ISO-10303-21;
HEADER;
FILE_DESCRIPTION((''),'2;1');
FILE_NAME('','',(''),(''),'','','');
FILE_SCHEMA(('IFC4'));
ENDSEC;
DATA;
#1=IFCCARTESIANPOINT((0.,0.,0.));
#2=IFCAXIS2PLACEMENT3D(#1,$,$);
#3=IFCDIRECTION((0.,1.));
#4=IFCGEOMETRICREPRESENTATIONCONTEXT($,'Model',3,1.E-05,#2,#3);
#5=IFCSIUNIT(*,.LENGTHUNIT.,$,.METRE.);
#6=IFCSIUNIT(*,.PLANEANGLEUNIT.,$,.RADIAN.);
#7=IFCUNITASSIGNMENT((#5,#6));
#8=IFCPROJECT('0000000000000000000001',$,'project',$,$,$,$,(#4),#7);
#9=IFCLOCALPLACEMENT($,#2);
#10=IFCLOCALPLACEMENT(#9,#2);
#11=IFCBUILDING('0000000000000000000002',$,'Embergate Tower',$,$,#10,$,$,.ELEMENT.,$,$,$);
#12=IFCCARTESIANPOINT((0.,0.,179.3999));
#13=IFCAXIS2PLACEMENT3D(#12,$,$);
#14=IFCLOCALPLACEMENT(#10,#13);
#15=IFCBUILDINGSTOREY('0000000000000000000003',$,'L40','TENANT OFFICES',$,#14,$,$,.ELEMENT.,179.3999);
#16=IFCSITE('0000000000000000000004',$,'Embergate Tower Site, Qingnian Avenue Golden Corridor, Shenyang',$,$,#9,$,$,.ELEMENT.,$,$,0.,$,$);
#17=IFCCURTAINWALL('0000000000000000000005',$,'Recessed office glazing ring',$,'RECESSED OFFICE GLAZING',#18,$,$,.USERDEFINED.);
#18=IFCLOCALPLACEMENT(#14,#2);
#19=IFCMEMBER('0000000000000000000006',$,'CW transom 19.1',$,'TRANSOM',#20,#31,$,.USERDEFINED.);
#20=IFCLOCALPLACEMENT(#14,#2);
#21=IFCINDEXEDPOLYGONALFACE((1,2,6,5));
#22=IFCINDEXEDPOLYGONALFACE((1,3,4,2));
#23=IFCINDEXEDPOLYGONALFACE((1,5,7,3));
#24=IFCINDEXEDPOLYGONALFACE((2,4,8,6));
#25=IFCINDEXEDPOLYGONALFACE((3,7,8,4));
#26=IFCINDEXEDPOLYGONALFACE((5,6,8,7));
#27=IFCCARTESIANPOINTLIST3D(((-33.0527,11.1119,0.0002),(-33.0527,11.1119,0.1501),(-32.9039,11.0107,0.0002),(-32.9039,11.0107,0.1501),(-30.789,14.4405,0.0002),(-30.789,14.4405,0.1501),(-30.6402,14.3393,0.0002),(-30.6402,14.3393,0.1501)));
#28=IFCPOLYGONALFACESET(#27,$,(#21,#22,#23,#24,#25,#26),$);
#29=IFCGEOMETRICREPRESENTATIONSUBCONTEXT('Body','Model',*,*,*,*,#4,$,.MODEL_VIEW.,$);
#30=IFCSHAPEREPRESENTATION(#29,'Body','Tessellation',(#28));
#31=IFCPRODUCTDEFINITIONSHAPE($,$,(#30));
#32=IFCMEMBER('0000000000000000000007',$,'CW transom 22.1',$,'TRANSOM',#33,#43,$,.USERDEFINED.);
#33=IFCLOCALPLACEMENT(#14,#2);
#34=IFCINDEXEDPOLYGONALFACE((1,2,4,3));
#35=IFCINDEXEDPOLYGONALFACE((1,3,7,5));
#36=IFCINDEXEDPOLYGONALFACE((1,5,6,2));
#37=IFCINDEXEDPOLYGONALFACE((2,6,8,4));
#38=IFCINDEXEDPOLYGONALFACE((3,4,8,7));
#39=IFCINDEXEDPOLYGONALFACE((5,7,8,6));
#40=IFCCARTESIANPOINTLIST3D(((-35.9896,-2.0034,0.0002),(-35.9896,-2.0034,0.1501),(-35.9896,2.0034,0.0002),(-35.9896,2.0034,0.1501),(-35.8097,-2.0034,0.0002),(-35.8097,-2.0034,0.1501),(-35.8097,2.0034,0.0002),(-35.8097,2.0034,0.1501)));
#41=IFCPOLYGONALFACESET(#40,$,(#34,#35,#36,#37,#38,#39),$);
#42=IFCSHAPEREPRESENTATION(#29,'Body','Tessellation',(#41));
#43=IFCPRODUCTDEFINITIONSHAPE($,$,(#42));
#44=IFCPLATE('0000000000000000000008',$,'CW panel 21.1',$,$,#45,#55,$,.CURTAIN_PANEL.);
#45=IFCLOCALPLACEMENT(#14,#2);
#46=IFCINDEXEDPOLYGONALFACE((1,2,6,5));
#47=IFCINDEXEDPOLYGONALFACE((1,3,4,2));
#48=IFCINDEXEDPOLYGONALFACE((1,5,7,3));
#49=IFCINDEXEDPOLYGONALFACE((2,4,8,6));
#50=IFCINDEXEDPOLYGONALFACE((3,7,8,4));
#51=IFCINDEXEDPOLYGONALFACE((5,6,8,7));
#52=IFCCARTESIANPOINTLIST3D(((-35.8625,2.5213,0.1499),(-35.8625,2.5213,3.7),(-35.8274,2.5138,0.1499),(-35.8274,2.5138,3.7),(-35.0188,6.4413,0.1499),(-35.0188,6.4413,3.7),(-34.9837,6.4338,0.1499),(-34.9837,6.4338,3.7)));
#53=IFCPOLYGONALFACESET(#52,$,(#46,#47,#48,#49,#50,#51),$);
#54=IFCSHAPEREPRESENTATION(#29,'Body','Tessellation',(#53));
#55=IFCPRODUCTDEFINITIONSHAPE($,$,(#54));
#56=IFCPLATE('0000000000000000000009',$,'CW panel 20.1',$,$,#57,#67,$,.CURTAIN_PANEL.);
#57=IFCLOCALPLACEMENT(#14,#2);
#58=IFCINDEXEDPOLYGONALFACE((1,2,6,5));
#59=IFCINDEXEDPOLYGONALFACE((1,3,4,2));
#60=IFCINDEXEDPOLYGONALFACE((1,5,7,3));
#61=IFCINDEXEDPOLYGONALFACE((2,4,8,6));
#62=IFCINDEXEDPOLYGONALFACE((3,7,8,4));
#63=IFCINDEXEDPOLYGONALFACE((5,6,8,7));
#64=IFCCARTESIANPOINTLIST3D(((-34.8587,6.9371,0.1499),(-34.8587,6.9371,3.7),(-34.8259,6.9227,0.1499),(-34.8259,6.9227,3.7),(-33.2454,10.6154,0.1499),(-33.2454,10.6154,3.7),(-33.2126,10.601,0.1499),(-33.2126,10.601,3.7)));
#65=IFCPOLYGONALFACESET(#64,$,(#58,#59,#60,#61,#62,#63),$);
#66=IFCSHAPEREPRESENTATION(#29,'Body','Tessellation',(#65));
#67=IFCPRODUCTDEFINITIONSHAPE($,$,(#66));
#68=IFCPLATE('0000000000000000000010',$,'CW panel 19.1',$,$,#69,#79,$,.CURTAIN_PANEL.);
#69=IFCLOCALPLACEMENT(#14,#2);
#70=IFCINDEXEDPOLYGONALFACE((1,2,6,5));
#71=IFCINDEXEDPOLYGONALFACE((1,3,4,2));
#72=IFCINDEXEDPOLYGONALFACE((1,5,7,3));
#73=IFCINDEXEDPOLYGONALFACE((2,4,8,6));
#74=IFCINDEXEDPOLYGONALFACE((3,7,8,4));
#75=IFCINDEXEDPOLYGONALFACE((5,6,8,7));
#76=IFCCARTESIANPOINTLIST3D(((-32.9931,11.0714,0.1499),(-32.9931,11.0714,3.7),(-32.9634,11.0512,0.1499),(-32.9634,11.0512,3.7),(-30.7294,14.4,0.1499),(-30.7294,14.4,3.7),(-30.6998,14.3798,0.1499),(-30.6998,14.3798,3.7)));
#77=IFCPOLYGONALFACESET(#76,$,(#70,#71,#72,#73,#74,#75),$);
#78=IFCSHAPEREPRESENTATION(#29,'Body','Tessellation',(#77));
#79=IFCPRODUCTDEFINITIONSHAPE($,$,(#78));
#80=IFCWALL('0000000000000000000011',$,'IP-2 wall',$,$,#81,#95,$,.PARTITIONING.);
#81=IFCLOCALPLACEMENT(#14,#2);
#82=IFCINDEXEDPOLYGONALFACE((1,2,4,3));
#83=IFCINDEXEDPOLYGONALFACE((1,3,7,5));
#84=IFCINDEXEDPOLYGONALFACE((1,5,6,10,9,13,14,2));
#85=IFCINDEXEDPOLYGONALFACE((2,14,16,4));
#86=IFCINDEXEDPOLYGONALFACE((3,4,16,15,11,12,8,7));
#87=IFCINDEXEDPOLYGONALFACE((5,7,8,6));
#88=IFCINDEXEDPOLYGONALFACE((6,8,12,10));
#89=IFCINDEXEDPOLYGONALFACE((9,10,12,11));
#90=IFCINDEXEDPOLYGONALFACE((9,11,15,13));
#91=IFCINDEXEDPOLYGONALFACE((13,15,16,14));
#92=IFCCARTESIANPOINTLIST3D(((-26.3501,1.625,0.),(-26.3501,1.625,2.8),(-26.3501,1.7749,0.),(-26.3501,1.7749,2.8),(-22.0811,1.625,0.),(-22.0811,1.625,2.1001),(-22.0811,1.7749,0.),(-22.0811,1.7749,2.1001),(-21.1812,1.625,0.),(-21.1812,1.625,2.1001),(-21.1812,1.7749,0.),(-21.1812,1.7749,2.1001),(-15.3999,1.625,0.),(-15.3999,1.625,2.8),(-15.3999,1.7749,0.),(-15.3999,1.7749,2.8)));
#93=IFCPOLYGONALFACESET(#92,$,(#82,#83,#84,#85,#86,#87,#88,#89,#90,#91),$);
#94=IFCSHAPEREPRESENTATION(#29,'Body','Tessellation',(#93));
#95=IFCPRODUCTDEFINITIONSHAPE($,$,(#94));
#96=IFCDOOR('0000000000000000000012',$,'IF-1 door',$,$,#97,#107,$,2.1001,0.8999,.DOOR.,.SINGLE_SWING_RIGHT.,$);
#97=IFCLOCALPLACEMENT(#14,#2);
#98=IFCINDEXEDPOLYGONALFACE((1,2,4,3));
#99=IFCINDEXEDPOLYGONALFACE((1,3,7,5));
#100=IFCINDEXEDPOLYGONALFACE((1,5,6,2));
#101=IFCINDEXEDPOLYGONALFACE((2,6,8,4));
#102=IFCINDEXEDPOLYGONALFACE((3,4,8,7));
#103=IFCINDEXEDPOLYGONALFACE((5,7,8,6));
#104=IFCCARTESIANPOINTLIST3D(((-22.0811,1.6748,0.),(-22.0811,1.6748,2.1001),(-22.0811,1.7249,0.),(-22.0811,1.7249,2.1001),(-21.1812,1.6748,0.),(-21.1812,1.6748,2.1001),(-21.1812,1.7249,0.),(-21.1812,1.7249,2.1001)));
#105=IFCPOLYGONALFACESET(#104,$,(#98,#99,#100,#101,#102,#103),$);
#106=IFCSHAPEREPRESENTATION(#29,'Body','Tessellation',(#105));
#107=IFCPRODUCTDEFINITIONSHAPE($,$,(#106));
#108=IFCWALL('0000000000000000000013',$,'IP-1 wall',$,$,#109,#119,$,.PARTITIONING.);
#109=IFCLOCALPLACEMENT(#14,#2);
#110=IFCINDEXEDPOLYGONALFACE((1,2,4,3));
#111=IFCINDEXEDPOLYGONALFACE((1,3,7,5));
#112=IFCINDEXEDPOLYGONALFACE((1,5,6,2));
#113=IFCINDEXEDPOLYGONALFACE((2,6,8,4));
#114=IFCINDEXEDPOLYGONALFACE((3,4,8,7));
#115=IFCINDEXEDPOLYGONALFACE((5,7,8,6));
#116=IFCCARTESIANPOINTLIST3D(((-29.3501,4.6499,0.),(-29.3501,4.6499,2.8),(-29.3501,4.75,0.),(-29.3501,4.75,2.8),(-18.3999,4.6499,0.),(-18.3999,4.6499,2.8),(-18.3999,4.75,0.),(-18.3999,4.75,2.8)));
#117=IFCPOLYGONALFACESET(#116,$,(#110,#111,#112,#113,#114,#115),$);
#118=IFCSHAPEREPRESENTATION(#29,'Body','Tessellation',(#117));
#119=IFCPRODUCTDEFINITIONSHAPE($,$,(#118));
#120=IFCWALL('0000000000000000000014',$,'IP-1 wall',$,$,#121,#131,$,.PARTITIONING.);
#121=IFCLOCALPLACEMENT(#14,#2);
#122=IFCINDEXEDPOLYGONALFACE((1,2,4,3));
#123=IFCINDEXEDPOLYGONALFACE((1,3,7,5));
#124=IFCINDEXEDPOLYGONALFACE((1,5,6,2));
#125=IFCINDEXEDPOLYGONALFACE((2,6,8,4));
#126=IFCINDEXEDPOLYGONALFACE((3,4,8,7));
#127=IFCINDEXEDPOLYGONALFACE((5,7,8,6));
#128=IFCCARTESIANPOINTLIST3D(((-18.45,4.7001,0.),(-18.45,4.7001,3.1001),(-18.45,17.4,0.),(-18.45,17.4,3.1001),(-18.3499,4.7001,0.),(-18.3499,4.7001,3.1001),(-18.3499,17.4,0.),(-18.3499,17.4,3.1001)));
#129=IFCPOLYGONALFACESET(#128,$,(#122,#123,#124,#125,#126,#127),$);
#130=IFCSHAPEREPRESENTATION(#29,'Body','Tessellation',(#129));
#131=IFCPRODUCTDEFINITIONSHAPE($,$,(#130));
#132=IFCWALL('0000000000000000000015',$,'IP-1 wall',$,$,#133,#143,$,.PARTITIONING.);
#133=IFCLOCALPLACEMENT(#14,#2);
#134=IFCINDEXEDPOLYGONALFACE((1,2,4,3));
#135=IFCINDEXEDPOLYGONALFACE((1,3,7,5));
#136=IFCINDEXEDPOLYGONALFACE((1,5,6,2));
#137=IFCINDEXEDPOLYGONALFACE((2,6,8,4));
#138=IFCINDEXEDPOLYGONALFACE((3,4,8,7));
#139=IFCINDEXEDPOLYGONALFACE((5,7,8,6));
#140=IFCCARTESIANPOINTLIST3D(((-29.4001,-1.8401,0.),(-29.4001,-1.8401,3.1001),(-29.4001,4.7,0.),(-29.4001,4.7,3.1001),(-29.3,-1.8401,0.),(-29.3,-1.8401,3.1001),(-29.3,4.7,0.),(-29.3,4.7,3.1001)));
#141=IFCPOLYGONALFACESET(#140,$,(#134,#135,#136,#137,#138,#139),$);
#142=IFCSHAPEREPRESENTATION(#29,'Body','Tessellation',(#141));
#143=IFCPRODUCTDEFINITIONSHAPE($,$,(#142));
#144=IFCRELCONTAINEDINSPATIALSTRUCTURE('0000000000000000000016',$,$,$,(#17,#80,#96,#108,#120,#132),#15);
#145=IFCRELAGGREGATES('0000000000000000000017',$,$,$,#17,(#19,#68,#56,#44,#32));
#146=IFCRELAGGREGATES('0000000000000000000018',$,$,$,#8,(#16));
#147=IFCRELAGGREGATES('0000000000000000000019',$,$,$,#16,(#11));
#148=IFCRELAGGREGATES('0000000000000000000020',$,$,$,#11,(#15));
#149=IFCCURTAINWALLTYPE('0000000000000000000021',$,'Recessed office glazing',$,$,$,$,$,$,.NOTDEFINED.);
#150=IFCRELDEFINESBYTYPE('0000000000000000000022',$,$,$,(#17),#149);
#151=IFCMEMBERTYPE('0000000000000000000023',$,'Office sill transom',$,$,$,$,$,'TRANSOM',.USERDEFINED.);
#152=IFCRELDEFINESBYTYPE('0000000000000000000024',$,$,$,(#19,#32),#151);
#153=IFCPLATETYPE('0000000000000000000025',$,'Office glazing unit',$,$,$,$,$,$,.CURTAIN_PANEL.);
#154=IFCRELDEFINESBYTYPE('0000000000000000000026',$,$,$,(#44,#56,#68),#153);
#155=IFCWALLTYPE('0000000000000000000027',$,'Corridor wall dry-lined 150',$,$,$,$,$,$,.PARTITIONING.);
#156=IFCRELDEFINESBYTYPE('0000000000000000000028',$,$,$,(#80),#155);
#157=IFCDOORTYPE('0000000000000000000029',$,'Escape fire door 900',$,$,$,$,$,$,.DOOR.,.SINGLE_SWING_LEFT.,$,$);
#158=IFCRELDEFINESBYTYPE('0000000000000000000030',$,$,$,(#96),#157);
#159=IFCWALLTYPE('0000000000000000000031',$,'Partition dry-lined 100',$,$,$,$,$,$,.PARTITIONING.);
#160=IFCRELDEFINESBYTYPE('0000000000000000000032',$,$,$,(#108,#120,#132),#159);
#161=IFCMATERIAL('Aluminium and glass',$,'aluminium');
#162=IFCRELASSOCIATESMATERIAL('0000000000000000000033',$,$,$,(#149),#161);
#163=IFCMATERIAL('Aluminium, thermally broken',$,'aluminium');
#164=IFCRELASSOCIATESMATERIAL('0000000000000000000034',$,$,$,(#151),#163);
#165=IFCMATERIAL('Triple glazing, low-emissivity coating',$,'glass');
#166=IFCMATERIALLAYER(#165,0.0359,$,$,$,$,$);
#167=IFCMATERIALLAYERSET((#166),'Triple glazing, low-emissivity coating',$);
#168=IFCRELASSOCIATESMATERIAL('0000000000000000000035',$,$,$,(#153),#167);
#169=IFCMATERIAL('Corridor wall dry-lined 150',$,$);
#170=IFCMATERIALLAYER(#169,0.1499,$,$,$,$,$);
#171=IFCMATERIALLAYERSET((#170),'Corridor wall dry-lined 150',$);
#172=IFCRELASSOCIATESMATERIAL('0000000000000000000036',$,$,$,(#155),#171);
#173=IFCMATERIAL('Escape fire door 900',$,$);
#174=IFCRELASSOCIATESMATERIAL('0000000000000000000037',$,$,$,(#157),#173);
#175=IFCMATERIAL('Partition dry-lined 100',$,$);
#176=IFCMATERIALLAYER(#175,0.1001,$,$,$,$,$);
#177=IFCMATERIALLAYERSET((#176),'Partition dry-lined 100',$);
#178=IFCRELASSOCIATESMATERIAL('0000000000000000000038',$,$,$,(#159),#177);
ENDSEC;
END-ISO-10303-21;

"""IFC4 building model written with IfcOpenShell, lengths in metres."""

from ifc_helpers import new_model, si_unit, direction, frame, frame_2d, origin, origin_2d, place, context, subcontext, project, spatial, rectangle, extrude, source, transform, mapped, material, layer, layer_set, material_profile, profile_set, type_object, element, fill, aggregate, save


model = new_model("IFC4")

# Units and contexts
model_context = context("Model", 3, precision=1e-05, world=origin(), true_north=direction((0.0, 1.0)))
body_context = subcontext(model_context, "Body", "Model", "MODEL_VIEW")
ifc_project = project(units=[si_unit("LENGTHUNIT", "METRE"), si_unit("PLANEANGLEUNIT", "RADIAN")], contexts=[model_context])

# Site, building, storey
site_placement = place(None, origin())
site = spatial("IfcSite", under=ifc_project, at=site_placement, Name="Embergate Tower Site, Qingnian Avenue Golden Corridor, Shenyang", CompositionType="ELEMENT", RefElevation=0.0)
building_placement = place(site_placement, origin())
building = spatial("IfcBuilding", under=site, at=building_placement, Name="Embergate Tower", CompositionType="ELEMENT")
storey_placement = place(building_placement, frame((0.0, 0.0, 179.3999)))
storey = spatial("IfcBuildingStorey", under=building, at=storey_placement, Name="L40", Description="TENANT OFFICES", CompositionType="ELEMENT", Elevation=179.3999)

# Curtain wall, members, plates
ifc_material_1 = material(Name="Aluminium and glass", Category="aluminium")
curtain_wall_type = type_object("IfcCurtainWallType", Name="Recessed office glazing", PredefinedType="NOTDEFINED", material=ifc_material_1)
curtain_wall_placement = place(storey_placement, origin())
curtain_wall = element("IfcCurtainWall", 1, at=curtain_wall_placement, inside=storey, type_object=curtain_wall_type, Name="Recessed office glazing ring", ObjectType="RECESSED OFFICE GLAZING", PredefinedType="USERDEFINED")
ifc_material_2 = material(Name="Aluminium, thermally broken", Category="aluminium")
ifc_material_profile_1 = material_profile(ifc_material_2, rectangle(XDim=0.1799, YDim=0.1499, at=origin_2d()), Name="AL 150x180")
ifc_profile_set_1 = profile_set([ifc_material_profile_1], Name="Aluminium, thermally broken")
member_type_1 = type_object("IfcMemberType", Name="Office sill transom", ElementType="TRANSOM", PredefinedType="USERDEFINED", material=ifc_profile_set_1)
shared_shape_1 = source(origin(), body_context, "Body", "SweptSolid", [
    extrude(rectangle(XDim=0.1799, YDim=0.1499, at=origin_2d()), origin(), (0.0, 0.0, 1.0), 4.0254),
])
member_1_placement = place(storey_placement, frame((-30.7146, 14.3899, 0.0752), z_axis=(-0.562347, -0.826902, 0.0), x_axis=(0.826902, -0.562347, 0.0)))
member_1 = element("IfcMember", 2, at=member_1_placement, type_object=member_type_1, Name="CW transom 19.1", ObjectType="TRANSOM", PredefinedType="USERDEFINED", context=body_context, shape_type="MappedRepresentation", body=[
    mapped(shared_shape_1, transform((0.0, 0.0, 0.0))),
])
shared_shape_2 = source(origin(), body_context, "Body", "SweptSolid", [
    extrude(rectangle(XDim=0.1799, YDim=0.1499, at=origin_2d()), origin(), (0.0, 0.0, 1.0), 4.0068),
])
member_2_placement = place(storey_placement, frame((-35.8997, 2.0034, 0.0752), z_axis=(0.0, -1.0, 0.0), x_axis=(1.0, 0.0, 0.0)))
member_2 = element("IfcMember", 3, at=member_2_placement, type_object=member_type_1, Name="CW transom 22.1", ObjectType="TRANSOM", PredefinedType="USERDEFINED", context=body_context, shape_type="MappedRepresentation", body=[
    mapped(shared_shape_2, transform((0.0, 0.0, 0.0))),
])
ifc_material_3 = material(Name="Triple glazing, low-emissivity coating", Category="glass")
ifc_layer_1 = layer(ifc_material_3, 0.0359)
ifc_layer_set_1 = layer_set([ifc_layer_1], Name="Triple glazing, low-emissivity coating")
plate_type = type_object("IfcPlateType", Name="Office glazing unit", PredefinedType="CURTAIN_PANEL", material=ifc_layer_set_1)
shared_shape_3 = source(origin(), body_context, "Body", "SweptSolid", [
    extrude(rectangle(XDim=4.0098, YDim=0.0359, at=origin_2d()), origin(), (0.0, 0.0, 1.0), 3.55),
])
plate_1_placement = place(storey_placement, frame((-35.4231, 4.4775, 0.1499), z_axis=(0.0, 0.0, 1.0), x_axis=(-0.210402, -0.977615, 0.0)))
plate_1 = element("IfcPlate", 4, at=plate_1_placement, type_object=plate_type, Name="CW panel 21.1", PredefinedType="CURTAIN_PANEL", context=body_context, shape_type="MappedRepresentation", body=[
    mapped(shared_shape_3, transform((0.0, 0.0, 0.0))),
])
shared_shape_4 = source(origin(), body_context, "Body", "SweptSolid", [
    extrude(rectangle(XDim=4.0166, YDim=0.0359, at=origin_2d()), origin(), (0.0, 0.0, 1.0), 3.55),
])
plate_2_placement = place(storey_placement, frame((-34.0356, 8.769, 0.1499), z_axis=(0.0, 0.0, 1.0), x_axis=(-0.401658, -0.91579, 0.0)))
plate_2 = element("IfcPlate", 5, at=plate_2_placement, type_object=plate_type, Name="CW panel 20.1", PredefinedType="CURTAIN_PANEL", context=body_context, shape_type="MappedRepresentation", body=[
    mapped(shared_shape_4, transform((0.0, 0.0, 0.0))),
])
shared_shape_5 = source(origin(), body_context, "Body", "SweptSolid", [
    extrude(rectangle(XDim=4.0254, YDim=0.0359, at=origin_2d()), origin(), (0.0, 0.0, 1.0), 3.55),
])
plate_3_placement = place(storey_placement, frame((-31.8464, 12.7256, 0.1499), z_axis=(0.0, 0.0, 1.0), x_axis=(-0.562348, -0.826901, 0.0)))
plate_3 = element("IfcPlate", 6, at=plate_3_placement, type_object=plate_type, Name="CW panel 19.1", PredefinedType="CURTAIN_PANEL", context=body_context, shape_type="MappedRepresentation", body=[
    mapped(shared_shape_5, transform((0.0, 0.0, 0.0))),
])
aggregate(curtain_wall, [member_1, plate_3, plate_2, plate_1, member_2])

# Wall, opening, door
ifc_material_4 = material(Name="Corridor wall dry-lined 150")
ifc_layer_2 = layer(ifc_material_4, 0.1499)
ifc_layer_set_2 = layer_set([ifc_layer_2], Name="Corridor wall dry-lined 150")
wall_type_1 = type_object("IfcWallType", Name="Corridor wall dry-lined 150", PredefinedType="PARTITIONING", material=ifc_layer_set_2)
shared_shape_6 = source(origin(), body_context, "Body", "SweptSolid", [
    extrude(rectangle(XDim=10.9502, YDim=0.1499, at=frame_2d((5.4751, 0.0))), origin(), (0.0, 0.0, 1.0), 2.8),
])
wall_1_placement = place(storey_placement, frame((-26.3501, 1.7, 0.0), z_axis=(0.0, 0.0, 1.0), x_axis=(1.0, 0.0, 0.0)))
wall_1 = element("IfcWall", 7, at=wall_1_placement, inside=storey, type_object=wall_type_1, Name="IP-2 wall", PredefinedType="PARTITIONING", context=body_context, shape_type="MappedRepresentation", body=[
    mapped(shared_shape_6, transform((0.0, 0.0, 0.0))),
])
shared_shape_7 = source(origin(), body_context, "Body", "SweptSolid", [
    extrude(rectangle(XDim=0.8999, YDim=2.1001, at=frame_2d((0.45, 1.05))), frame((0.0, 0.085, 0.0), z_axis=(0.0, -1.0, 0.0), x_axis=(1.0, 0.0, 0.0)), (0.0, 0.0, 1.0), 0.1699),
])
opening_placement = place(wall_1_placement, frame((4.269, 0.0, 0.0)))
opening = element("IfcOpeningElement", 8, at=opening_placement, cuts=wall_1, PredefinedType="OPENING", context=body_context, shape_type="MappedRepresentation", body=[
    mapped(shared_shape_7, transform((0.0, 0.0, 0.0))),
])
ifc_material_5 = material(Name="Escape fire door 900")
door_type = type_object("IfcDoorType", Name="Escape fire door 900", OperationType="SINGLE_SWING_LEFT", PredefinedType="DOOR", material=ifc_material_5)
shared_shape_8 = source(origin(), body_context, "Body", "SweptSolid", [
    extrude(rectangle(XDim=0.8999, YDim=2.1001, at=frame_2d((0.45, 1.05))), frame((0.0, 0.0249, 0.0), z_axis=(0.0, -1.0, 0.0), x_axis=(1.0, 0.0, 0.0)), (0.0, 0.0, 1.0), 0.05),
])
door_placement = place(opening_placement, origin())
door = element("IfcDoor", 9, at=door_placement, inside=storey, type_object=door_type, Name="IF-1 door", OperationType="SINGLE_SWING_RIGHT", OverallHeight=2.1001, OverallWidth=0.8999, PredefinedType="DOOR", context=body_context, shape_type="MappedRepresentation", body=[
    mapped(shared_shape_8, transform((0.0, 0.0, 0.0))),
])
fill(opening, door)

# Walls
ifc_material_6 = material(Name="Partition dry-lined 100")
ifc_layer_3 = layer(ifc_material_6, 0.1001)
ifc_layer_set_3 = layer_set([ifc_layer_3], Name="Partition dry-lined 100")
wall_type_2 = type_object("IfcWallType", Name="Partition dry-lined 100", PredefinedType="PARTITIONING", material=ifc_layer_set_3)
shared_shape_9 = source(origin(), body_context, "Body", "SweptSolid", [
    extrude(rectangle(XDim=10.9502, YDim=0.1001, at=frame_2d((5.4751, 0.0))), origin(), (0.0, 0.0, 1.0), 2.8),
])
wall_2_placement = place(storey_placement, frame((-18.3999, 4.7, 0.0), z_axis=(0.0, 0.0, 1.0), x_axis=(-1.0, 0.0, 0.0)))
element("IfcWall", 10, at=wall_2_placement, inside=storey, type_object=wall_type_2, Name="IP-1 wall", PredefinedType="PARTITIONING", context=body_context, shape_type="MappedRepresentation", body=[
    mapped(shared_shape_9, transform((0.0, 0.0, 0.0))),
])
shared_shape_10 = source(origin(), body_context, "Body", "SweptSolid", [
    extrude(rectangle(XDim=12.7, YDim=0.1001, at=frame_2d((6.3501, 0.0))), origin(), (0.0, 0.0, 1.0), 3.1001),
])
wall_3_placement = place(storey_placement, frame((-18.3999, 4.7, 0.0), z_axis=(0.0, 0.0, 1.0), x_axis=(0.0, 1.0, 0.0)))
element("IfcWall", 11, at=wall_3_placement, inside=storey, type_object=wall_type_2, Name="IP-1 wall", PredefinedType="PARTITIONING", context=body_context, shape_type="MappedRepresentation", body=[
    mapped(shared_shape_10, transform((0.0, 0.0, 0.0))),
])
shared_shape_11 = source(origin(), body_context, "Body", "SweptSolid", [
    extrude(rectangle(XDim=6.54, YDim=0.1001, at=frame_2d((3.27, 0.0))), origin(), (0.0, 0.0, 1.0), 3.1001),
])
wall_4_placement = place(storey_placement, frame((-29.3501, 4.7, 0.0), z_axis=(0.0, 0.0, 1.0), x_axis=(0.0, -1.0, 0.0)))
element("IfcWall", 12, at=wall_4_placement, inside=storey, type_object=wall_type_2, Name="IP-1 wall", PredefinedType="PARTITIONING", context=body_context, shape_type="MappedRepresentation", body=[
    mapped(shared_shape_11, transform((0.0, 0.0, 0.0))),
])

save(model, "model.ifc")
